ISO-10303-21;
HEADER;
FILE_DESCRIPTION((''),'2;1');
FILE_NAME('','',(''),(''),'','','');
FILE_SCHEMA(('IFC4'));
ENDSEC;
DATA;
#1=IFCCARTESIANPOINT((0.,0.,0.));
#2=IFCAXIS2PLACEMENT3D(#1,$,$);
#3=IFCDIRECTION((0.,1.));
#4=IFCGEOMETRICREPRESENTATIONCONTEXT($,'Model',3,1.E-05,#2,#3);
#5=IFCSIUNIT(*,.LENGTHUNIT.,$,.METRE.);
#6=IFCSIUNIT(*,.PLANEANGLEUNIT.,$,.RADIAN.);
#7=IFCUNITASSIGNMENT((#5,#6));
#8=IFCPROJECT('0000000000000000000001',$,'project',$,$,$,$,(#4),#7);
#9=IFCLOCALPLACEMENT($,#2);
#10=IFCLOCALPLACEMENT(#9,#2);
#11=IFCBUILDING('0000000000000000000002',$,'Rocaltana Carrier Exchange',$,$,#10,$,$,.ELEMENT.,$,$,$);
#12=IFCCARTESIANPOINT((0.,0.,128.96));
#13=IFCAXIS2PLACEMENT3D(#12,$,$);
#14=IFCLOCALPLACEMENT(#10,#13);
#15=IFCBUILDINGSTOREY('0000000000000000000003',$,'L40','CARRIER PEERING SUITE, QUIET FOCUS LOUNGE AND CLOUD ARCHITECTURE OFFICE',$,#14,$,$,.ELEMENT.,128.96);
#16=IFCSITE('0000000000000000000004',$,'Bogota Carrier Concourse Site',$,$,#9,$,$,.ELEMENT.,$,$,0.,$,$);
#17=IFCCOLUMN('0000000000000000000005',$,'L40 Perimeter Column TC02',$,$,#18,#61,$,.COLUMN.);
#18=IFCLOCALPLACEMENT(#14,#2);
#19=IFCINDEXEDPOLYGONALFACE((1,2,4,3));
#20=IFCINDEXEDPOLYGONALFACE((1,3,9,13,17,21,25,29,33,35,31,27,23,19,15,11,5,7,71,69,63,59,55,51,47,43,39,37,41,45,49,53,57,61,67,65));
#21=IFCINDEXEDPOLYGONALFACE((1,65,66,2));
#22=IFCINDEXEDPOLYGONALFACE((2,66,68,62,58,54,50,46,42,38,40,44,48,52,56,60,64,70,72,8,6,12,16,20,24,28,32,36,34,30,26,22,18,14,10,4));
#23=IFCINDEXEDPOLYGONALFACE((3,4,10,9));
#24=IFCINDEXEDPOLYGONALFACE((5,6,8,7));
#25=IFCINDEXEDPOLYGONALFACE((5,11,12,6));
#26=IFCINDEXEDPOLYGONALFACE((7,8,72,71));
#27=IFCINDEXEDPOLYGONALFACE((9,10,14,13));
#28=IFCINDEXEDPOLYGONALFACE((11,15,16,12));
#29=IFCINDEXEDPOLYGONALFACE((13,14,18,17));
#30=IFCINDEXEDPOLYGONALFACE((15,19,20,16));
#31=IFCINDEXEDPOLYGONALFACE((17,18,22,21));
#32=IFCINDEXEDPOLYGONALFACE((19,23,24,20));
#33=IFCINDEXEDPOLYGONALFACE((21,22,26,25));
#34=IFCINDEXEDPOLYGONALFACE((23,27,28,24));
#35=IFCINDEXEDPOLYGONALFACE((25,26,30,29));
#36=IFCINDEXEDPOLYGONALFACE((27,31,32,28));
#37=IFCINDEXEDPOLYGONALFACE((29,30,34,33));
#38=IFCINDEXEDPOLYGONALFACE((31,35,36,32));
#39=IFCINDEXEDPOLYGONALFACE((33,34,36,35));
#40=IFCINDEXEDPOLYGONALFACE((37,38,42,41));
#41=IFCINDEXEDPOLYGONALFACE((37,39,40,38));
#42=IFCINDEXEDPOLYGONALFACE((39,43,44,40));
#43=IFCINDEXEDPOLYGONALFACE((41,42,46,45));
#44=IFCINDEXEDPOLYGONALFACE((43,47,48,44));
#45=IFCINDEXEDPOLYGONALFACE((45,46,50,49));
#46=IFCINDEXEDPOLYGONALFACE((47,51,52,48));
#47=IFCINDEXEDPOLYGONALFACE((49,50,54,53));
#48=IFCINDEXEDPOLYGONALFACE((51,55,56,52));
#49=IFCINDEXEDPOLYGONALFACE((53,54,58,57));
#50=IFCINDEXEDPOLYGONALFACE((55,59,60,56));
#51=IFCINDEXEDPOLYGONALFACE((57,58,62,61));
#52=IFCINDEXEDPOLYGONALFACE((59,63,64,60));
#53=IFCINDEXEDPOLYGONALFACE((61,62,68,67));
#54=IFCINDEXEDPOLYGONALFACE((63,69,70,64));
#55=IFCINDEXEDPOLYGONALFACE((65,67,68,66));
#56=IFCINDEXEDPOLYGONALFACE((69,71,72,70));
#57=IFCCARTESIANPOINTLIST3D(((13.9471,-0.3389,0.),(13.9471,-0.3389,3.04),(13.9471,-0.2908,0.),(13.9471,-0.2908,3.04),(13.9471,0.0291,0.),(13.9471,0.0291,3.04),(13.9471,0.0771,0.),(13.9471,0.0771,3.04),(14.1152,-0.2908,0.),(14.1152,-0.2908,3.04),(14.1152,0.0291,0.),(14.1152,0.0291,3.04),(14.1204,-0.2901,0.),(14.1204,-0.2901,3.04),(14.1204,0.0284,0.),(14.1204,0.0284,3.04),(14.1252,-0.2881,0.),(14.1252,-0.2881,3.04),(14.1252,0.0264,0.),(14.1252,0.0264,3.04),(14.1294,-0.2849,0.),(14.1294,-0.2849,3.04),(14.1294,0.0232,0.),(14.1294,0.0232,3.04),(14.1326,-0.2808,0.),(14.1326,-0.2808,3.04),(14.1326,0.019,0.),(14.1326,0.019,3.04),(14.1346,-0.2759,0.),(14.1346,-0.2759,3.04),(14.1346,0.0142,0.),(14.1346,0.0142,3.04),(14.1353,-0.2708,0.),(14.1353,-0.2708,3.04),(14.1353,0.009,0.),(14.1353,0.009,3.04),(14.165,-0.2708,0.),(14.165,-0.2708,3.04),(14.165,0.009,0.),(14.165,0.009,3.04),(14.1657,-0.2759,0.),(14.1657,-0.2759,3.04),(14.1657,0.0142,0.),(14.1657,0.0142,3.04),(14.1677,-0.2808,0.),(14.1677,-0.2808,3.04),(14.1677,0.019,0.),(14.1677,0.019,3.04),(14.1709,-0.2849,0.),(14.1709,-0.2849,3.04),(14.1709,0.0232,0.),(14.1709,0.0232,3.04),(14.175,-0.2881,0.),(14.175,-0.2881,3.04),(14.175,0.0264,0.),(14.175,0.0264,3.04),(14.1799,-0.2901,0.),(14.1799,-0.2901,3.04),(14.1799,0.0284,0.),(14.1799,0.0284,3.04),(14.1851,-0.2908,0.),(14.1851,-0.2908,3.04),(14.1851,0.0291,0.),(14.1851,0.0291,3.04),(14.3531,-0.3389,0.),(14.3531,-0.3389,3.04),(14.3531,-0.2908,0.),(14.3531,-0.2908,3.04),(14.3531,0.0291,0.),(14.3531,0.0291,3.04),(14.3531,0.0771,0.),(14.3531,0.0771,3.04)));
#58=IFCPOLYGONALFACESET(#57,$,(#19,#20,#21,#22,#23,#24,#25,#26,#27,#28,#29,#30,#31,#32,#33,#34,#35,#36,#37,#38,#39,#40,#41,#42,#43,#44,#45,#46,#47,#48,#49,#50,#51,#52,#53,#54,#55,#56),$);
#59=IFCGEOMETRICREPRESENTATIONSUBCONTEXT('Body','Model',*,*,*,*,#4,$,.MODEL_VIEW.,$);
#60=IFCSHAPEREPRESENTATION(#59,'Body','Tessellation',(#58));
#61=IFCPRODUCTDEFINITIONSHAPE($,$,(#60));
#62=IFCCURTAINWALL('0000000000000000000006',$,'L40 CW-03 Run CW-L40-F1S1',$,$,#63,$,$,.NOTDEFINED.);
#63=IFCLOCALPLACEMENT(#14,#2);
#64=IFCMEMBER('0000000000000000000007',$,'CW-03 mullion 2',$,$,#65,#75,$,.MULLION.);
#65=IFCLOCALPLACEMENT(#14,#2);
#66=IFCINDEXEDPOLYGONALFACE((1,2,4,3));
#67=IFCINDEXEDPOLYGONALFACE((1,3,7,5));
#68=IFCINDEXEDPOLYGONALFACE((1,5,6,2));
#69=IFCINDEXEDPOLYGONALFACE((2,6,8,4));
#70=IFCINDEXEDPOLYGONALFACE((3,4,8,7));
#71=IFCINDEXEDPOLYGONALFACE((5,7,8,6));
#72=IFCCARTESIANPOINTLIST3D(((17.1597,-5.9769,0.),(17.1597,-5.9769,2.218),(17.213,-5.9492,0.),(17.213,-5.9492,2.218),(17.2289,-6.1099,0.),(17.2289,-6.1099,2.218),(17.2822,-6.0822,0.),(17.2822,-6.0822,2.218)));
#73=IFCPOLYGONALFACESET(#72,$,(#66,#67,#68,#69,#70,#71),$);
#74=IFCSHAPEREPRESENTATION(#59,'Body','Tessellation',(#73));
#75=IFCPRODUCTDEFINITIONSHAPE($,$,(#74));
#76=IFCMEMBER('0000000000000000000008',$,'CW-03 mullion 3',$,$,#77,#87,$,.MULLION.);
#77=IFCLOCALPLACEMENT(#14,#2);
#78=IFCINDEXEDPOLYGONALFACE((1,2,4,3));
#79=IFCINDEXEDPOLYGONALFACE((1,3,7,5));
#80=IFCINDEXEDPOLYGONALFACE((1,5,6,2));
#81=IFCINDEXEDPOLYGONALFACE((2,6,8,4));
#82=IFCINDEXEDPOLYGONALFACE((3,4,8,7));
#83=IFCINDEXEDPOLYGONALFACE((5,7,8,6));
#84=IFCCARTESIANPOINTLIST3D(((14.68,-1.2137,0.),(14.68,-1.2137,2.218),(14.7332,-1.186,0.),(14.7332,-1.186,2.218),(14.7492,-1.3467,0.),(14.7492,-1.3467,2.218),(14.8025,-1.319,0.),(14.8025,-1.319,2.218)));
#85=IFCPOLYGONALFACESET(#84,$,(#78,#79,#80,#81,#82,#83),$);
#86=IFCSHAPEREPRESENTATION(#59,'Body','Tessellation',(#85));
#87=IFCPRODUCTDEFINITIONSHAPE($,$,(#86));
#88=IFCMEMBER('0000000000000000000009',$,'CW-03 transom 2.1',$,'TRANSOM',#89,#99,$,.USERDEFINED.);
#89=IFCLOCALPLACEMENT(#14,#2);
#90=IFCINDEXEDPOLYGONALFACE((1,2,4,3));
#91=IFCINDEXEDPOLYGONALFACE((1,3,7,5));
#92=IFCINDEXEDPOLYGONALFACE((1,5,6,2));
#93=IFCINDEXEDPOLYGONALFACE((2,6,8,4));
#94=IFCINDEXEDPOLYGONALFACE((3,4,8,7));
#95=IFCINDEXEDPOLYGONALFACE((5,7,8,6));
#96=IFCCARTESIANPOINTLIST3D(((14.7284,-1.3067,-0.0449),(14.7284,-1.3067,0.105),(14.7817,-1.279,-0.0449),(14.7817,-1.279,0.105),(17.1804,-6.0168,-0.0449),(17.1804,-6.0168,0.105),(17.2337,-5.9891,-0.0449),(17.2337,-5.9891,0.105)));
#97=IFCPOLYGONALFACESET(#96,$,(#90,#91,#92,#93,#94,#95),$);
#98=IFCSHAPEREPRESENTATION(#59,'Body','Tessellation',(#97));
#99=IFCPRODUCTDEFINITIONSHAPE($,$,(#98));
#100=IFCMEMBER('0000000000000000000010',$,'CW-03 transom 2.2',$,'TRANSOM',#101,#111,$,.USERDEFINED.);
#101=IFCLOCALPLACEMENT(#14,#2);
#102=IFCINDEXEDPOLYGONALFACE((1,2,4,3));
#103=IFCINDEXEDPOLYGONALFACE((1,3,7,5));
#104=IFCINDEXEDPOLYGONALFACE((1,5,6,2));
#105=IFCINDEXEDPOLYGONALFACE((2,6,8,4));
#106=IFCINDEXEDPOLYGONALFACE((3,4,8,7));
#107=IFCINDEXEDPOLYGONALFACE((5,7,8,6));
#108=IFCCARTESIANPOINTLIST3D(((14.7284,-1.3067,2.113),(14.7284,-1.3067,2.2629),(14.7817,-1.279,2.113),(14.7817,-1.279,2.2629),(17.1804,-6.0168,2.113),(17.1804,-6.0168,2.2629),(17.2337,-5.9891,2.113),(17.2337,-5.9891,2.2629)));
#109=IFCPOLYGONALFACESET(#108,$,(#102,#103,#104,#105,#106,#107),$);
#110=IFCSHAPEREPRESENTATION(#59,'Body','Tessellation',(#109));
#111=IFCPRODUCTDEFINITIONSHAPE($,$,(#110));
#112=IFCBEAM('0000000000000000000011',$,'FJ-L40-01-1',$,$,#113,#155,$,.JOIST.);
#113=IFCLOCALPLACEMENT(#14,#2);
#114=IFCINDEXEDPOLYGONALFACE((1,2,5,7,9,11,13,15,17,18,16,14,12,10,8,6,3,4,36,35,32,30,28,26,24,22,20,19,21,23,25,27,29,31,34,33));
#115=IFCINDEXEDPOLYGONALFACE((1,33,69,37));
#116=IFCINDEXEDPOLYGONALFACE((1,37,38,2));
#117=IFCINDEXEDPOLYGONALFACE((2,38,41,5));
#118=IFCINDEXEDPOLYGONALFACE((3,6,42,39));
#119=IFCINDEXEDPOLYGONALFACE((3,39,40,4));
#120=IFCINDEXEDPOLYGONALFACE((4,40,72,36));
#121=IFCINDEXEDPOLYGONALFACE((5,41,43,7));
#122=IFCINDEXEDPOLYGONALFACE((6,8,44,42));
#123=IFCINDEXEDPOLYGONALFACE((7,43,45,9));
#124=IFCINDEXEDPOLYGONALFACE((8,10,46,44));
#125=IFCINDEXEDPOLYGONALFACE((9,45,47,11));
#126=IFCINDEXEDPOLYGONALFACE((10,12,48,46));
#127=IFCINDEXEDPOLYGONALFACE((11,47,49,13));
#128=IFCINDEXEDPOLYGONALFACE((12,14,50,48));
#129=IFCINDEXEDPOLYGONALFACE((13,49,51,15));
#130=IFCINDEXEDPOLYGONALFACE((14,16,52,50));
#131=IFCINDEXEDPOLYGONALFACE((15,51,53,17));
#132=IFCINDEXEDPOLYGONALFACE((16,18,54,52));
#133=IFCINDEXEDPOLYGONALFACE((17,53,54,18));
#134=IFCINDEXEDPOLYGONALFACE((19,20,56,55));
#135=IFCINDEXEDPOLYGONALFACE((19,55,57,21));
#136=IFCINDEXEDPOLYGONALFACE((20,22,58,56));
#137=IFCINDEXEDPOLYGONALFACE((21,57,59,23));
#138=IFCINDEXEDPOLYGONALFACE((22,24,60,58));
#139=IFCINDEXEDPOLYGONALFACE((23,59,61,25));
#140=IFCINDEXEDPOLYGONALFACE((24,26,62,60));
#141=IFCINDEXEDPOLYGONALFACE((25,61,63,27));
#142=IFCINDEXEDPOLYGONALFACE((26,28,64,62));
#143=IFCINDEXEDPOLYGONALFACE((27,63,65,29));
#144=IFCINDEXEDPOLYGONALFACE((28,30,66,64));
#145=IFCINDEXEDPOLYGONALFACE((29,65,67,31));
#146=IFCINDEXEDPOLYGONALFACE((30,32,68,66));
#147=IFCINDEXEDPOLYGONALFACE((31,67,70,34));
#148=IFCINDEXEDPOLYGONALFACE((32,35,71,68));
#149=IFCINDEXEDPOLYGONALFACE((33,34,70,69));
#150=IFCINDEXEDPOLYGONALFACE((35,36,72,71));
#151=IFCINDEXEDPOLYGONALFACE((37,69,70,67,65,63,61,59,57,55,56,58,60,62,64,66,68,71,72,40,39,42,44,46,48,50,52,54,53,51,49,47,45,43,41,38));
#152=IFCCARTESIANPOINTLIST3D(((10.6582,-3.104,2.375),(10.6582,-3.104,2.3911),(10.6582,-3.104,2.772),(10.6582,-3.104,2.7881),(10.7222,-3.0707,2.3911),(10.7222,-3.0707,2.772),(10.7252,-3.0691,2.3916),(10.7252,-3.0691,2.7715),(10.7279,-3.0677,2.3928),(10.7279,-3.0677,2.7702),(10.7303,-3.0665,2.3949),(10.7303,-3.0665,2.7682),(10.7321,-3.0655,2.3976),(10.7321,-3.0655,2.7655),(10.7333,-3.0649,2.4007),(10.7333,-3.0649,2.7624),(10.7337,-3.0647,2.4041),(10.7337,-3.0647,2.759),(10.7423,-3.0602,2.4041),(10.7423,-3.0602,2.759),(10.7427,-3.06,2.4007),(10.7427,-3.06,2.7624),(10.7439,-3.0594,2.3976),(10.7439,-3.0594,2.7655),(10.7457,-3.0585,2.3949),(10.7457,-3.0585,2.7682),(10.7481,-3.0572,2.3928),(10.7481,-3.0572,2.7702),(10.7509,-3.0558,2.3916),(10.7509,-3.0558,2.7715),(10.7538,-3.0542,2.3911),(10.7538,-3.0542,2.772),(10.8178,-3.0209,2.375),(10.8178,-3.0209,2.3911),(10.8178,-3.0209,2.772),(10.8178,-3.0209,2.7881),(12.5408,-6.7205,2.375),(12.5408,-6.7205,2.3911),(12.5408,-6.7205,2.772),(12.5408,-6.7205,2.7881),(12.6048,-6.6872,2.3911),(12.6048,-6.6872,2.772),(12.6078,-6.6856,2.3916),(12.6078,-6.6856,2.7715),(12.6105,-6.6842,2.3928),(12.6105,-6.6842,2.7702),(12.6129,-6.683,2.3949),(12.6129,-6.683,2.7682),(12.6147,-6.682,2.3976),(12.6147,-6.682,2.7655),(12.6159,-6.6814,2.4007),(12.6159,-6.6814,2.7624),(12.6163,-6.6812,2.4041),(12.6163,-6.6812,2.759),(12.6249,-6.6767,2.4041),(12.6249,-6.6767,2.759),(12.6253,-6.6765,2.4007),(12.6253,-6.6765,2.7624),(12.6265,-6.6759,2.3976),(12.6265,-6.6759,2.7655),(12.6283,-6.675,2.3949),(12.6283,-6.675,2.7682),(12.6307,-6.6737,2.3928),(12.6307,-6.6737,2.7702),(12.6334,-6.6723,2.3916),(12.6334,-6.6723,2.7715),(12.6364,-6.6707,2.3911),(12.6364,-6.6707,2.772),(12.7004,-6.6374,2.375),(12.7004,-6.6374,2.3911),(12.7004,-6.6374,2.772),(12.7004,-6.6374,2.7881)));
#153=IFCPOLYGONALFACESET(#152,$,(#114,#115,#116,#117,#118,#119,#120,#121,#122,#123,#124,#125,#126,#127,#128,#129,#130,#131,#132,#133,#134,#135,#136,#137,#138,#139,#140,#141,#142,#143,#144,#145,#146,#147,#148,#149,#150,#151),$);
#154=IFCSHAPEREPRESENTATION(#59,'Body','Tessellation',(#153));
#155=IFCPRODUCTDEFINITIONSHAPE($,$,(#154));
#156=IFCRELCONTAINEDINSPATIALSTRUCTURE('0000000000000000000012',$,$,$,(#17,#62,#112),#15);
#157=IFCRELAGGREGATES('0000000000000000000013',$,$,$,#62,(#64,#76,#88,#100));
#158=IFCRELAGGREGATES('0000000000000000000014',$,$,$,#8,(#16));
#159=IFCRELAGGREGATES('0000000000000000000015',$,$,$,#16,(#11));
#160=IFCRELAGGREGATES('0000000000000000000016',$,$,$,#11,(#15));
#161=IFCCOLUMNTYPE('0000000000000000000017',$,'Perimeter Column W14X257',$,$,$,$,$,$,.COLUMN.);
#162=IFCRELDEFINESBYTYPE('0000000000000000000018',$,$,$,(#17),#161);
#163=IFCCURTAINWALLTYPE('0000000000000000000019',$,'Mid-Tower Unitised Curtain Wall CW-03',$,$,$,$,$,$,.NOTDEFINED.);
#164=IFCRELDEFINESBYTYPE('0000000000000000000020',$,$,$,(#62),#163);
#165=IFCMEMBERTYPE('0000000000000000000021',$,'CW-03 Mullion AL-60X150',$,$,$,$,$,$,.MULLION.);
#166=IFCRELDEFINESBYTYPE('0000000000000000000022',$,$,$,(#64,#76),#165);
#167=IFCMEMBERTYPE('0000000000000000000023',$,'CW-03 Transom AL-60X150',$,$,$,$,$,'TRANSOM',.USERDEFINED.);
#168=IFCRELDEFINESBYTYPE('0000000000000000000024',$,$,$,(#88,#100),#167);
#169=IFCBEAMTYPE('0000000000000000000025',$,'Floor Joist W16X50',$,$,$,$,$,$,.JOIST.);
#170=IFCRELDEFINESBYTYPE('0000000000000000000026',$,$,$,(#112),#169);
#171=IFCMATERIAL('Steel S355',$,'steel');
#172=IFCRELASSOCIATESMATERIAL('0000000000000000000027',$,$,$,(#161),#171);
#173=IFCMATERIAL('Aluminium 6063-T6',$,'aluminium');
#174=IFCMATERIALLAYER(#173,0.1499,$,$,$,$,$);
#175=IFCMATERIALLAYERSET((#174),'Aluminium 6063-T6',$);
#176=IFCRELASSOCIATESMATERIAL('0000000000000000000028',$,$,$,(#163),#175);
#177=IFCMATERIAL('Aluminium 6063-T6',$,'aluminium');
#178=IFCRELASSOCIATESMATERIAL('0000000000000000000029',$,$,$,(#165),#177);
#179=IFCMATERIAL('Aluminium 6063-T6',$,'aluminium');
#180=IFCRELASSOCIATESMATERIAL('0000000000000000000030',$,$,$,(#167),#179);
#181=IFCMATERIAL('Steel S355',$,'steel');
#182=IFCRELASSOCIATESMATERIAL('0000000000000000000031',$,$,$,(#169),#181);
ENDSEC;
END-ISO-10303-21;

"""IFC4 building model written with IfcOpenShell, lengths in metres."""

from ifc_helpers import new_model, si_unit, direction, frame, origin, origin_2d, place, context, subcontext, project, spatial, rectangle, i_section, extrude, material, layer, layer_set, material_profile, profile_set, type_object, element, aggregate, save


model = new_model("IFC4")

# Units and contexts
model_context = context("Model", 3, precision=1e-05, world=origin(), true_north=direction((0.0, 1.0)))
body_context = subcontext(model_context, "Body", "Model", "MODEL_VIEW")
ifc_project = project(units=[si_unit("LENGTHUNIT", "METRE"), si_unit("PLANEANGLEUNIT", "RADIAN")], contexts=[model_context])

# Site, building, storey
site_placement = place(None, origin())
site = spatial("IfcSite", under=ifc_project, at=site_placement, Name="Bogota Carrier Concourse Site", CompositionType="ELEMENT", RefElevation=0.0)
building_placement = place(site_placement, origin())
building = spatial("IfcBuilding", under=site, at=building_placement, Name="Rocaltana Carrier Exchange", CompositionType="ELEMENT")
storey_placement = place(building_placement, frame((0.0, 0.0, 128.96)))
storey = spatial("IfcBuildingStorey", under=building, at=storey_placement, Name="L40", Description="CARRIER PEERING SUITE, QUIET FOCUS LOUNGE AND CLOUD ARCHITECTURE OFFICE", CompositionType="ELEMENT", Elevation=128.96)

# Column
ifc_material_1 = material(Name="Steel S355", Category="steel")
ifc_material_profile_1 = material_profile(ifc_material_1, i_section(OverallWidth=0.406, OverallDepth=0.416, WebThickness=0.0298, FlangeThickness=0.0481, FilletRadius=0.02, at=origin_2d()), Name="W14X257")
ifc_profile_set_1 = profile_set([ifc_material_profile_1], Name="Steel S355")
column_type = type_object("IfcColumnType", Name="Perimeter Column W14X257", PredefinedType="COLUMN", material=ifc_profile_set_1)
column_placement = place(storey_placement, frame((14.1501, -0.1309, 0.0), z_axis=(0.0, 0.0, 1.0), x_axis=(1.0, 0.0, 0.0)))
element("IfcColumn", 1, at=column_placement, inside=storey, type_object=column_type, Name="L40 Perimeter Column TC02", PredefinedType="COLUMN", context=body_context, shape_type="SweptSolid", body=[
    extrude(i_section(OverallWidth=0.406, OverallDepth=0.416, WebThickness=0.0298, FlangeThickness=0.0481, FilletRadius=0.02, at=origin_2d()), origin(), (0.0, 0.0, 1.0), 3.04),
])

# Curtain wall, members
ifc_material_2 = material(Name="Aluminium 6063-T6", Category="aluminium")
ifc_layer_1 = layer(ifc_material_2, 0.1499)
ifc_layer_set_1 = layer_set([ifc_layer_1], Name="Aluminium 6063-T6")
curtain_wall_type = type_object("IfcCurtainWallType", Name="Mid-Tower Unitised Curtain Wall CW-03", PredefinedType="NOTDEFINED", material=ifc_layer_set_1)
curtain_wall_placement = place(storey_placement, origin())
curtain_wall = element("IfcCurtainWall", 2, at=curtain_wall_placement, inside=storey, type_object=curtain_wall_type, Name="L40 CW-03 Run CW-L40-F1S1", PredefinedType="NOTDEFINED")
ifc_material_3 = material(Name="Aluminium 6063-T6", Category="aluminium")
ifc_material_profile_2 = material_profile(ifc_material_3, rectangle(XDim=0.0601, YDim=0.1499, at=origin_2d()), Name="AL-60X150")
ifc_profile_set_2 = profile_set([ifc_material_profile_2], Name="Aluminium 6063-T6")
member_type_1 = type_object("IfcMemberType", Name="CW-03 Mullion AL-60X150", PredefinedType="MULLION", material=ifc_profile_set_2)
member_1_placement = place(storey_placement, frame((17.2209, -6.0295, 0.0), z_axis=(0.0, 0.0, 1.0), x_axis=(-0.88701, -0.46175, 0.0)))
member_1 = element("IfcMember", 3, at=member_1_placement, type_object=member_type_1, Name="CW-03 mullion 2", PredefinedType="MULLION", context=body_context, shape_type="SweptSolid", body=[
    extrude(rectangle(XDim=0.0601, YDim=0.1499, at=origin_2d()), origin(), (0.0, 0.0, 1.0), 2.218),
])
member_2_placement = place(storey_placement, frame((14.7412, -1.2664, 0.0), z_axis=(0.0, 0.0, 1.0), x_axis=(-0.88701, -0.46175, 0.0)))
member_2 = element("IfcMember", 4, at=member_2_placement, type_object=member_type_1, Name="CW-03 mullion 3", PredefinedType="MULLION", context=body_context, shape_type="SweptSolid", body=[
    extrude(rectangle(XDim=0.0601, YDim=0.1499, at=origin_2d()), origin(), (0.0, 0.0, 1.0), 2.218),
])
ifc_material_4 = material(Name="Aluminium 6063-T6", Category="aluminium")
ifc_material_profile_3 = material_profile(ifc_material_4, rectangle(XDim=0.0601, YDim=0.1499, at=origin_2d()), Name="AL-60X150")
ifc_profile_set_3 = profile_set([ifc_material_profile_3], Name="Aluminium 6063-T6")
member_type_2 = type_object("IfcMemberType", Name="CW-03 Transom AL-60X150", ElementType="TRANSOM", PredefinedType="USERDEFINED", material=ifc_profile_set_3)
member_3_placement = place(storey_placement, frame((17.207, -6.0029, 0.03), z_axis=(-0.461757, 0.887007, 0.0), x_axis=(-0.887007, -0.461757, 0.0)))
member_3 = element("IfcMember", 5, at=member_3_placement, type_object=member_type_2, Name="CW-03 transom 2.1", ObjectType="TRANSOM", PredefinedType="USERDEFINED", context=body_context, shape_type="SweptSolid", body=[
    extrude(rectangle(XDim=0.0601, YDim=0.1499, at=origin_2d()), origin(), (0.0, 0.0, 1.0), 5.3101),
])
member_4_placement = place(storey_placement, frame((17.207, -6.0029, 2.188), z_axis=(-0.461757, 0.887007, 0.0), x_axis=(-0.887007, -0.461757, 0.0)))
member_4 = element("IfcMember", 6, at=member_4_placement, type_object=member_type_2, Name="CW-03 transom 2.2", ObjectType="TRANSOM", PredefinedType="USERDEFINED", context=body_context, shape_type="SweptSolid", body=[
    extrude(rectangle(XDim=0.0601, YDim=0.1499, at=origin_2d()), origin(), (0.0, 0.0, 1.0), 5.3101),
])

# Beam
ifc_material_5 = material(Name="Steel S355", Category="steel")
ifc_material_profile_4 = material_profile(ifc_material_5, i_section(OverallWidth=0.1799, OverallDepth=0.4131, WebThickness=0.0098, FlangeThickness=0.0161, FilletRadius=0.0129, at=origin_2d()), Name="W16X50")
ifc_profile_set_4 = profile_set([ifc_material_profile_4], Name="Steel S355")
beam_type_1 = type_object("IfcBeamType", Name="Floor Joist W16X50", PredefinedType="JOIST", material=ifc_profile_set_4)
beam_1_placement = place(storey_placement, frame((12.6206, -6.679, 2.5815), z_axis=(-0.461741, 0.887015, 0.0), x_axis=(-0.887015, -0.461741, 0.0)))
element("IfcBeam", 7, at=beam_1_placement, inside=storey, type_object=beam_type_1, Name="FJ-L40-01-1", PredefinedType="JOIST", context=body_context, shape_type="SweptSolid", body=[
    extrude(i_section(OverallWidth=0.1799, OverallDepth=0.4131, WebThickness=0.0098, FlangeThickness=0.0161, FilletRadius=0.0129, at=origin_2d()), origin(), (0.0, 0.0, 1.0), 4.0771),
])

aggregate(curtain_wall, [member_1, member_2, member_3, member_4])

save(model, "model.ifc")
